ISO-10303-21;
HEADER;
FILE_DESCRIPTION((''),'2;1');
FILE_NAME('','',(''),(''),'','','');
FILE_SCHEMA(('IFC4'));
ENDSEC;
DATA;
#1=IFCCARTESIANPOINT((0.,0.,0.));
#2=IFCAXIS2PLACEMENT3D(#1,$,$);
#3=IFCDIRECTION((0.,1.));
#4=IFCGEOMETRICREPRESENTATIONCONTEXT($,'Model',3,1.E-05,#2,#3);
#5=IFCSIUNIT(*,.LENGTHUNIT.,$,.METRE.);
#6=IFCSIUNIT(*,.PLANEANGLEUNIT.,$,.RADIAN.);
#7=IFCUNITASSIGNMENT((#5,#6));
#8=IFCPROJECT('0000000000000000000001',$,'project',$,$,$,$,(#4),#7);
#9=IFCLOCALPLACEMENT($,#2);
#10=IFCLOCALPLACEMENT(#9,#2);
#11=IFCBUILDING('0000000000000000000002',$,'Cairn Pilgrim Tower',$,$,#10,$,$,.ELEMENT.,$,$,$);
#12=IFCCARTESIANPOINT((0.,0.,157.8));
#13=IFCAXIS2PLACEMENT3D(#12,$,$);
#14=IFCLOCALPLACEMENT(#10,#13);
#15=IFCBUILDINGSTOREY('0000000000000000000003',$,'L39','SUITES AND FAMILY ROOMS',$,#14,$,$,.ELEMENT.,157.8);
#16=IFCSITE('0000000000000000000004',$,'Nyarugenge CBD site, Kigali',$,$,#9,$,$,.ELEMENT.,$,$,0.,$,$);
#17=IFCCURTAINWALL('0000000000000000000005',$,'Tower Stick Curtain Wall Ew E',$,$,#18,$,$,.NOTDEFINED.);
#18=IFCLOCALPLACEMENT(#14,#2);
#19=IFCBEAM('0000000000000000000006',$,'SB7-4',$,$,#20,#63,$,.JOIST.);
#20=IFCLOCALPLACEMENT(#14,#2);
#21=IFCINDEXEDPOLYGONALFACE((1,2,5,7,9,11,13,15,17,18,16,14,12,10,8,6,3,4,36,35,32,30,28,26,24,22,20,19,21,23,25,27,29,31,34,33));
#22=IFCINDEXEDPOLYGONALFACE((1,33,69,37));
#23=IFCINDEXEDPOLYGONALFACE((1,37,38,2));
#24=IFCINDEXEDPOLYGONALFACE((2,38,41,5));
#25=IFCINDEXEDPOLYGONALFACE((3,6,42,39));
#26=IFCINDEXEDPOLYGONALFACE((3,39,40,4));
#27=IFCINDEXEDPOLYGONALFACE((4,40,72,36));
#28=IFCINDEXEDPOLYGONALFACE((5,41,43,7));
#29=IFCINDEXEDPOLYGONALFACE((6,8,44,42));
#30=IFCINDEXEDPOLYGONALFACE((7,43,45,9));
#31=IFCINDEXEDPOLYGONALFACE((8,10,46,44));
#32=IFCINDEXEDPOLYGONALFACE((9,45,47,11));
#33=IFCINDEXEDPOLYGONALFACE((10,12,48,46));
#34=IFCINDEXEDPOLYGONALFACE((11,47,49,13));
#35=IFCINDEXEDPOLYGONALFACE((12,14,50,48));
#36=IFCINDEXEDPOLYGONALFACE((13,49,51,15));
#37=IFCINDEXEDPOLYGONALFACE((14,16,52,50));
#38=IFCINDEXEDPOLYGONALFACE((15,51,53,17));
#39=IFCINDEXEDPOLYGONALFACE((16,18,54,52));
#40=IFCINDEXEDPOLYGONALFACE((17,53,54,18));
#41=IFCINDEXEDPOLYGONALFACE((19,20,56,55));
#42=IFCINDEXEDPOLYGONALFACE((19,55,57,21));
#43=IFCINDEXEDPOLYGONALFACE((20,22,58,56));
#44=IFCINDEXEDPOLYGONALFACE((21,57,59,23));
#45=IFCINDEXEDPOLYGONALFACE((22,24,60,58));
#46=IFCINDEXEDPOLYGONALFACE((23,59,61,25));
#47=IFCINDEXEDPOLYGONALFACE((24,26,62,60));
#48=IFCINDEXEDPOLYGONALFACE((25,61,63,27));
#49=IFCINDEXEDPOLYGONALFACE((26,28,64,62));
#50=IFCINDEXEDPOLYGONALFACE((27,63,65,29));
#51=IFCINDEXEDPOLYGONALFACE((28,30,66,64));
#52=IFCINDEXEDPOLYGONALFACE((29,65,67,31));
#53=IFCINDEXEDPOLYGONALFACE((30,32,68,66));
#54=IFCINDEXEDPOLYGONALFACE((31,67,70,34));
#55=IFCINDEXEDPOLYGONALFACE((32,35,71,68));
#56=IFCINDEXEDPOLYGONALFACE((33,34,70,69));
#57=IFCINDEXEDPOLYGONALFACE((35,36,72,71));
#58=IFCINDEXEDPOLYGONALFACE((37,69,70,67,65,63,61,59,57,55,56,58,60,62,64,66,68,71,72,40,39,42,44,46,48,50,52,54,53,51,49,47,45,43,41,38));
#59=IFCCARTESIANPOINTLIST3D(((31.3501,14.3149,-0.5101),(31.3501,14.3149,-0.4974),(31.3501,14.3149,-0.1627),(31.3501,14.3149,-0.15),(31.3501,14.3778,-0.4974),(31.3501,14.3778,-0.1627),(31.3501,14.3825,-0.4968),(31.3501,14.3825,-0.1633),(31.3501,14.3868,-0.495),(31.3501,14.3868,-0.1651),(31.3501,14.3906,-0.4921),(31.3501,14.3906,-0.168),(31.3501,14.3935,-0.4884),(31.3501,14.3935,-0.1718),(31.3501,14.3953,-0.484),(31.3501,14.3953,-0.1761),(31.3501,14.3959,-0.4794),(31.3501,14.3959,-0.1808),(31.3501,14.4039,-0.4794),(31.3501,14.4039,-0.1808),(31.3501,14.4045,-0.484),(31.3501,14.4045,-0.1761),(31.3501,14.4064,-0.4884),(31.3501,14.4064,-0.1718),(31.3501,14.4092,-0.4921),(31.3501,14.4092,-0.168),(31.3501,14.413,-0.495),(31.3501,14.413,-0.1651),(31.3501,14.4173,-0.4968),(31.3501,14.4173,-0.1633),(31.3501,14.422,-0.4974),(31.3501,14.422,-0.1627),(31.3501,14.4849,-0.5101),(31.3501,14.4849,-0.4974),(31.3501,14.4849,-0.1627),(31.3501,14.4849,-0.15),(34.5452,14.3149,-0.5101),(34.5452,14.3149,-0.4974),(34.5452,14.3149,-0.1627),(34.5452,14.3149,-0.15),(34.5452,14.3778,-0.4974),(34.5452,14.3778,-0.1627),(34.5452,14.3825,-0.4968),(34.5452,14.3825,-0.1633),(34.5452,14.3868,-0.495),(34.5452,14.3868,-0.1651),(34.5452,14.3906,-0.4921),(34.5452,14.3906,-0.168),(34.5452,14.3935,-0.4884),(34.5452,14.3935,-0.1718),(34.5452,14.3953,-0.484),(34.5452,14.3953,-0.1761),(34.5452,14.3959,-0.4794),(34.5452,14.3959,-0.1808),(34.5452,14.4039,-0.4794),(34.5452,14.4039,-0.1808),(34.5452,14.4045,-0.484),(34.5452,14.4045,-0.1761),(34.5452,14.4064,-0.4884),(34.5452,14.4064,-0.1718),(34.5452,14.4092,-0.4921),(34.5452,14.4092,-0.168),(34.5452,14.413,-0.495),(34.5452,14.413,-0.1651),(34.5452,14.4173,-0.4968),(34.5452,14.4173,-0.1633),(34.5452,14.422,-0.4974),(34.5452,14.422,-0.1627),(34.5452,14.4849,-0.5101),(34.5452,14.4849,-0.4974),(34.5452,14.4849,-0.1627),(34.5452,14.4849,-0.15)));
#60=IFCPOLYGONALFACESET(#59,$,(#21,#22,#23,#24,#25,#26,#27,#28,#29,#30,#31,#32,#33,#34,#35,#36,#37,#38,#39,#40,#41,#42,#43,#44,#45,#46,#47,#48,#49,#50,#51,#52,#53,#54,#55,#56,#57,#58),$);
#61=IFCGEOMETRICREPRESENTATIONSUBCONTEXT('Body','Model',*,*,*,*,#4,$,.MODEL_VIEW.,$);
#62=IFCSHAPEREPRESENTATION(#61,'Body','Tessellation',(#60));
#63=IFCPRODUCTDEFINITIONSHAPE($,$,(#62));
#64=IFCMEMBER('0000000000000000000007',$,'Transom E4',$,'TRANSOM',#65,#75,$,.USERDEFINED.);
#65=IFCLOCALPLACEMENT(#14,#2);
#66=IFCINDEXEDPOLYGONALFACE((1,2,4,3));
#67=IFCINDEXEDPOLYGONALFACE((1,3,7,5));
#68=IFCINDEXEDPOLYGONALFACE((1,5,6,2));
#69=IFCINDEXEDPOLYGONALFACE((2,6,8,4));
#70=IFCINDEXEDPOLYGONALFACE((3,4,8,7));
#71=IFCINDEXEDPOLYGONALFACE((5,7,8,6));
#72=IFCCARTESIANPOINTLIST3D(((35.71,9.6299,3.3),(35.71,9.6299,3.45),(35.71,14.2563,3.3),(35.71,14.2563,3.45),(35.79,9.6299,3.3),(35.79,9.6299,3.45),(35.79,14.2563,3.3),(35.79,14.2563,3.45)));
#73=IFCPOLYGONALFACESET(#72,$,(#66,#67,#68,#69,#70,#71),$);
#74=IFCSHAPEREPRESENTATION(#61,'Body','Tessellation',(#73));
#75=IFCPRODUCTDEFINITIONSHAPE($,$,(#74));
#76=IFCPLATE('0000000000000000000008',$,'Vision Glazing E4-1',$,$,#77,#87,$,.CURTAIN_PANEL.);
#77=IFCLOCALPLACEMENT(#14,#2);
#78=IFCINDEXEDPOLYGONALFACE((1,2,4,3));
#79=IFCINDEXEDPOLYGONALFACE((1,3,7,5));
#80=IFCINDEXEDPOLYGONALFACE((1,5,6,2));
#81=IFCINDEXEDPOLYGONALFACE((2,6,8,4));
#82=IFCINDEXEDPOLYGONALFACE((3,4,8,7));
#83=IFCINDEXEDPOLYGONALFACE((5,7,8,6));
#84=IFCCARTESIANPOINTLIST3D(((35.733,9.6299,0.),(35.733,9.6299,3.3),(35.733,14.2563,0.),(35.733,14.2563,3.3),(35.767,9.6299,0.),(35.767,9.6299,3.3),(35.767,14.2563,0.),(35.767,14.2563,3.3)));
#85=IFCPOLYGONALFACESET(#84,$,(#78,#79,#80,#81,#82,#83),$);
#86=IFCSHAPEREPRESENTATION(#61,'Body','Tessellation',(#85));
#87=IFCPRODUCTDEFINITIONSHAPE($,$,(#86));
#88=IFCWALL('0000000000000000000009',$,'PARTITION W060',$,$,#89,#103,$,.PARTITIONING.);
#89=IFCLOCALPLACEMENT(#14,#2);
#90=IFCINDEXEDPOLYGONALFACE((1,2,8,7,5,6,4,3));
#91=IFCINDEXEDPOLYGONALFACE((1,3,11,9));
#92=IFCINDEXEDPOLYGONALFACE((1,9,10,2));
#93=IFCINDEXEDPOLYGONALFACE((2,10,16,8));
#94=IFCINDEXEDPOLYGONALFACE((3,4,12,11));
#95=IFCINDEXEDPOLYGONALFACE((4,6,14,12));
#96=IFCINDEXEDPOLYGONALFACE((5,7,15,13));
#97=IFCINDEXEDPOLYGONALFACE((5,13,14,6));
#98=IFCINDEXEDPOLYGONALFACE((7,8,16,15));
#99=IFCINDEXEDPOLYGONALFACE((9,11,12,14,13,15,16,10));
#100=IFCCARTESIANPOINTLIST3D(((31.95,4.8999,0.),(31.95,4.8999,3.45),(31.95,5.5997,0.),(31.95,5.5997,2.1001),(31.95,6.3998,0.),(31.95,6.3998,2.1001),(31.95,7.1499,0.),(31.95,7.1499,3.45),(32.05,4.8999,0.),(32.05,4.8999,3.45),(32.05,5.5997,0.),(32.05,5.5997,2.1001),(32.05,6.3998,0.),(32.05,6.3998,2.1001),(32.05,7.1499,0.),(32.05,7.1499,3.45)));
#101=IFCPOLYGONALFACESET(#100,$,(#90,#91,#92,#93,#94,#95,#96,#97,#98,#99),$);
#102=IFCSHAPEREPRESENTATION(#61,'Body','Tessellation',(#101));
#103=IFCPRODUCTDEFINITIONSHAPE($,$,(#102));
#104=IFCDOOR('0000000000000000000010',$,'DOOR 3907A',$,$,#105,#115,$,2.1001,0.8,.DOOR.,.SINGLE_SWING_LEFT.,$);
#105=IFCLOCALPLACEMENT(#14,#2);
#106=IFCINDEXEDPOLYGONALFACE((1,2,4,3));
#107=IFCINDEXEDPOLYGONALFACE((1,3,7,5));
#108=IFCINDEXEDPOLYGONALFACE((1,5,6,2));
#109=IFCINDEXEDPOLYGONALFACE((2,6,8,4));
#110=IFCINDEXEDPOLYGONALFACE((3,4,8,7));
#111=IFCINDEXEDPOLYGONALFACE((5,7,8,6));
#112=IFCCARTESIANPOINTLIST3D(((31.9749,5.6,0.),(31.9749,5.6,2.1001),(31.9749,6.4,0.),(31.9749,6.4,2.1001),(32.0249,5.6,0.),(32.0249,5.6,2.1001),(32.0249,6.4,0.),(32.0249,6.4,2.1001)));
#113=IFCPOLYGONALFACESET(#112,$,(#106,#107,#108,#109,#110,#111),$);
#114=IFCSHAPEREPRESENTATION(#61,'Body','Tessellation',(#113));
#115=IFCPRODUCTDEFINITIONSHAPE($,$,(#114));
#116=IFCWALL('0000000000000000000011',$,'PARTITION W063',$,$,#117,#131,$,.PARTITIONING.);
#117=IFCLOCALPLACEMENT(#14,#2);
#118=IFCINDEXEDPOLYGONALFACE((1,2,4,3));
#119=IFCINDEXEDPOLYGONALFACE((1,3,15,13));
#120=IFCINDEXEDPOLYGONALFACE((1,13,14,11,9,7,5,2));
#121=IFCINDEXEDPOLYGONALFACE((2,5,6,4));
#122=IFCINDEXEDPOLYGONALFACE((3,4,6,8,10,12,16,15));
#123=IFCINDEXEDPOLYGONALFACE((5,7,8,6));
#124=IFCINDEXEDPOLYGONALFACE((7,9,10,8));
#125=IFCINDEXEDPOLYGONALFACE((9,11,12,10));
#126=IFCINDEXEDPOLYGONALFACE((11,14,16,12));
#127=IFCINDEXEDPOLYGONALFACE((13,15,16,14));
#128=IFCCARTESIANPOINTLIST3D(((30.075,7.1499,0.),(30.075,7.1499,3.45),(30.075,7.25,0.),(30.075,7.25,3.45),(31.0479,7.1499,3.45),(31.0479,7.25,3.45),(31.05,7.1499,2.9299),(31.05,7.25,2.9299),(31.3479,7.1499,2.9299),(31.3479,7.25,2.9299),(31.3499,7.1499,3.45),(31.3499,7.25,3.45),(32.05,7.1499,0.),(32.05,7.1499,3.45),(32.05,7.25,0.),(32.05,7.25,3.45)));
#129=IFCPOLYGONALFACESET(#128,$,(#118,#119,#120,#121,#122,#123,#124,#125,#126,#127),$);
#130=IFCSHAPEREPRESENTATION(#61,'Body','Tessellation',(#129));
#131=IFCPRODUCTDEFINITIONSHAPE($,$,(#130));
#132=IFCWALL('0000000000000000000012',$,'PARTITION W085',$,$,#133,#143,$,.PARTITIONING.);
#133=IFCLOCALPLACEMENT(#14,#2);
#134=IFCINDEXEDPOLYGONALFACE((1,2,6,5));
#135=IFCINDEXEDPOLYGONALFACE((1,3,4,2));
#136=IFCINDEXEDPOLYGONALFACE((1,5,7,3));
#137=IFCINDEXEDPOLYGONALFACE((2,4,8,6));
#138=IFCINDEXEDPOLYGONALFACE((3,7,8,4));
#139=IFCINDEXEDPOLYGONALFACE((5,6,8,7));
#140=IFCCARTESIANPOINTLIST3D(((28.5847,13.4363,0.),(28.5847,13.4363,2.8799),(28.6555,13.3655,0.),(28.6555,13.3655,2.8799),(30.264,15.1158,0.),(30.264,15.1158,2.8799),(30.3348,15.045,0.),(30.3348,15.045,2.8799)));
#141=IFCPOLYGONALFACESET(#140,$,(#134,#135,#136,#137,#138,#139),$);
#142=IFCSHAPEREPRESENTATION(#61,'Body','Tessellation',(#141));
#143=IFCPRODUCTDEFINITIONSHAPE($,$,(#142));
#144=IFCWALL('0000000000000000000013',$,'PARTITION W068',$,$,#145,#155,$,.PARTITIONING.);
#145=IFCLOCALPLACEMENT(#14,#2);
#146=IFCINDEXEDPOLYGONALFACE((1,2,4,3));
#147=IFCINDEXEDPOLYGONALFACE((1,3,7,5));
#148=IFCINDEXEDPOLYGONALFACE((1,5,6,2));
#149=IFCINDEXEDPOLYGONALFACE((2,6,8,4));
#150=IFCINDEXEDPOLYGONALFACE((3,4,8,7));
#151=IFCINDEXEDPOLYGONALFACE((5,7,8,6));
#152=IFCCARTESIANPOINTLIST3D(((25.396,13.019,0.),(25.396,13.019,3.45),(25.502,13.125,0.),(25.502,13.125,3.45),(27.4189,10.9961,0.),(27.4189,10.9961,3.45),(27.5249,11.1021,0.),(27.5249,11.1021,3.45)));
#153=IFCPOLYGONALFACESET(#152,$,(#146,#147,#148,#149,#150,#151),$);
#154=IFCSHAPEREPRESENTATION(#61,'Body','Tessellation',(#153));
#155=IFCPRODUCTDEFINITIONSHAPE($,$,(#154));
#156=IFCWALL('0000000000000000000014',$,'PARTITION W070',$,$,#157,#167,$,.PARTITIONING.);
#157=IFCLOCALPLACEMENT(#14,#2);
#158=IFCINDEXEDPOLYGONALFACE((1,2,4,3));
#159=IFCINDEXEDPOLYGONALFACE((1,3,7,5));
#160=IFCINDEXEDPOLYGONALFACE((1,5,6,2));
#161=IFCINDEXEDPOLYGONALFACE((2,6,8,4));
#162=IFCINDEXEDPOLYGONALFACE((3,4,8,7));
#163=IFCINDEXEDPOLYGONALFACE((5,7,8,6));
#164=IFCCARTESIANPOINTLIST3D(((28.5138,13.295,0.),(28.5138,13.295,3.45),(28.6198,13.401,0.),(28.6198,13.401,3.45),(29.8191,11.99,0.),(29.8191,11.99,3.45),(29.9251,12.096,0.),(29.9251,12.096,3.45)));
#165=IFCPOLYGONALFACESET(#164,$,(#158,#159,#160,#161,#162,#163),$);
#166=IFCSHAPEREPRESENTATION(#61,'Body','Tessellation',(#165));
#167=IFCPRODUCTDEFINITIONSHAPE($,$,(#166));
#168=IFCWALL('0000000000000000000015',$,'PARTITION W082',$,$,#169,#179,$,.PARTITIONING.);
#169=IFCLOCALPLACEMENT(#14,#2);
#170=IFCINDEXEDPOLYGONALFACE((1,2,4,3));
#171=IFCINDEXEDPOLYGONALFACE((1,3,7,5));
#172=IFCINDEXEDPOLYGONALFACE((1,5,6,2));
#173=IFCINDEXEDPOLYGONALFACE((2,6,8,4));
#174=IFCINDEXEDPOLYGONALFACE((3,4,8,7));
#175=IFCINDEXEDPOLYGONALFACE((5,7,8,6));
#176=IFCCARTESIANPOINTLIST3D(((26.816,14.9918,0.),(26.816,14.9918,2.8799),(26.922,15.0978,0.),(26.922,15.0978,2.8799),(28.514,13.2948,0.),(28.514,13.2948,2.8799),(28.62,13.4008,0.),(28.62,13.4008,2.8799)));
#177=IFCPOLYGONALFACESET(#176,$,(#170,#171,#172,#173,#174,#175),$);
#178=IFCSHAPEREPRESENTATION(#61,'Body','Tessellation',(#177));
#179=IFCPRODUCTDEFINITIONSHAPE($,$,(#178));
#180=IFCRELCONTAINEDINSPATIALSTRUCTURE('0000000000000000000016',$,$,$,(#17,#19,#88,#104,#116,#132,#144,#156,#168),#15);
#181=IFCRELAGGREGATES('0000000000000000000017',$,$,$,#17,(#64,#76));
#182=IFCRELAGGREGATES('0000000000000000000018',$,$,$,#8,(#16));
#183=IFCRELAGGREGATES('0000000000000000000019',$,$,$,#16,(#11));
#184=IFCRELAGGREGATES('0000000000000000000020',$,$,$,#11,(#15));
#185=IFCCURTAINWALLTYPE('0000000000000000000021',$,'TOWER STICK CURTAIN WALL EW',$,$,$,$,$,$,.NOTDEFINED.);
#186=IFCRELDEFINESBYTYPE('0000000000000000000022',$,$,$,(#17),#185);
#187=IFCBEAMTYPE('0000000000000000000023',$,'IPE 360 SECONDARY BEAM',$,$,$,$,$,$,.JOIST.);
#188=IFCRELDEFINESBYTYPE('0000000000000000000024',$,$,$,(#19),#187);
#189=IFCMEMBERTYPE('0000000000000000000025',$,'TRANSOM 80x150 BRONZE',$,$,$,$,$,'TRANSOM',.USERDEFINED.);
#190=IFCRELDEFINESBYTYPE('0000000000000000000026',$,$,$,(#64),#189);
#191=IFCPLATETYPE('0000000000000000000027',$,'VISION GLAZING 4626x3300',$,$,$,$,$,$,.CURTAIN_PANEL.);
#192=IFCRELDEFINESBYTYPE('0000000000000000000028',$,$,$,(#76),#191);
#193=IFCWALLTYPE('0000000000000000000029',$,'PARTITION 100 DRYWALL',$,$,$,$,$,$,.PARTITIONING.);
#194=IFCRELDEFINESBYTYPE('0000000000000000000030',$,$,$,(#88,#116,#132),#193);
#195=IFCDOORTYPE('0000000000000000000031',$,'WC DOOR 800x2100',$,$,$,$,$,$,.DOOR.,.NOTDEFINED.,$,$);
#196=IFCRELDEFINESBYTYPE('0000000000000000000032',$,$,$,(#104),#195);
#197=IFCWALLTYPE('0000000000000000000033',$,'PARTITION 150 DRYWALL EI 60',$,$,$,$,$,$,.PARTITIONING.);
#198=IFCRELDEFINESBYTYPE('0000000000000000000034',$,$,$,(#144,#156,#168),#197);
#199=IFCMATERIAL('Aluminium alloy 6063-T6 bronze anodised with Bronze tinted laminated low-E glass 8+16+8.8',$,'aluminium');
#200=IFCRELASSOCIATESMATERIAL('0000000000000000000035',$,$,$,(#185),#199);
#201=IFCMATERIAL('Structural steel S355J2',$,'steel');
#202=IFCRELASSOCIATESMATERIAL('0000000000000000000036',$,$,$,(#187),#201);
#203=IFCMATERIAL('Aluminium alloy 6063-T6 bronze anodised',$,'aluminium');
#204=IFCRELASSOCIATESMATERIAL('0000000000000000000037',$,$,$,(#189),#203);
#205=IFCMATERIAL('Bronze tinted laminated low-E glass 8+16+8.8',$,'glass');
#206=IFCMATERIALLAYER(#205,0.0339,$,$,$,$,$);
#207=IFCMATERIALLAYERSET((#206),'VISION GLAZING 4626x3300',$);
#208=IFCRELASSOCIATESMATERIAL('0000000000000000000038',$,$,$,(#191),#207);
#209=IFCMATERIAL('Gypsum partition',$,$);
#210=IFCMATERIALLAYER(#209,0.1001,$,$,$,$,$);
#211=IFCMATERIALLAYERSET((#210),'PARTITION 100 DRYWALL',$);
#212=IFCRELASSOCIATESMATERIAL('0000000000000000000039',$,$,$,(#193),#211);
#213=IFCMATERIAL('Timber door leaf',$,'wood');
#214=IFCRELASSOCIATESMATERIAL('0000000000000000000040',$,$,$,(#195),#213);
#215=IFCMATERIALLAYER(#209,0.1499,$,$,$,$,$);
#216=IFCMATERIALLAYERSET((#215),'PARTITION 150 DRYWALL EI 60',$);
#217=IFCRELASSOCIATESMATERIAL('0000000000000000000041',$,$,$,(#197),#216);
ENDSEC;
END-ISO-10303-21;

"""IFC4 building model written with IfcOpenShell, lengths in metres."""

from ifc_helpers import new_model, si_unit, direction, frame, frame_2d, origin, origin_2d, place, context, subcontext, project, spatial, polyline, rectangle, i_section, outline, extrude, material, layer, layer_set, material_profile, profile_set, type_object, element, fill, aggregate, save


model = new_model("IFC4")

# Units and contexts
model_context = context("Model", 3, precision=1e-05, world=origin(), true_north=direction((0.0, 1.0)))
body_context = subcontext(model_context, "Body", "Model", "MODEL_VIEW")
ifc_project = project(units=[si_unit("LENGTHUNIT", "METRE"), si_unit("PLANEANGLEUNIT", "RADIAN")], contexts=[model_context])

# Site, building, storey
site_placement = place(None, origin())
site = spatial("IfcSite", under=ifc_project, at=site_placement, Name="Nyarugenge CBD site, Kigali", CompositionType="ELEMENT", RefElevation=0.0)
building_placement = place(site_placement, origin())
building = spatial("IfcBuilding", under=site, at=building_placement, Name="Cairn Pilgrim Tower", CompositionType="ELEMENT")
storey_placement = place(building_placement, frame((0.0, 0.0, 157.8)))
storey = spatial("IfcBuildingStorey", under=building, at=storey_placement, Name="L39", Description="SUITES AND FAMILY ROOMS", CompositionType="ELEMENT", Elevation=157.8)

# Curtain wall
ifc_material_1 = material(Name="Aluminium alloy 6063-T6 bronze anodised with Bronze tinted laminated low-E glass 8+16+8.8", Category="aluminium")
curtain_wall_type = type_object("IfcCurtainWallType", Name="TOWER STICK CURTAIN WALL EW", PredefinedType="NOTDEFINED", material=ifc_material_1)
curtain_wall_placement = place(storey_placement, origin())
curtain_wall = element("IfcCurtainWall", 1, at=curtain_wall_placement, inside=storey, type_object=curtain_wall_type, Name="Tower Stick Curtain Wall Ew E", PredefinedType="NOTDEFINED")
ifc_material_2 = material(Name="Aluminium alloy 6063-T6 bronze anodised", Category="aluminium")

# Beam
ifc_material_3 = material(Name="Structural steel S355J2", Category="steel")
ifc_material_profile_1 = material_profile(ifc_material_3, i_section(OverallWidth=0.1699, OverallDepth=0.3601, WebThickness=0.0081, FlangeThickness=0.0127, FilletRadius=0.0181, at=origin_2d()), Name="IPE 360")
ifc_profile_set_1 = profile_set([ifc_material_profile_1], Name="Structural steel S355J2")
beam_type_1 = type_object("IfcBeamType", Name="IPE 360 SECONDARY BEAM", PredefinedType="JOIST", material=ifc_profile_set_1)
beam_1_placement = place(storey_placement, frame((31.3501, 14.3999, -0.3301), z_axis=(1.0, 0.0, 0.0), x_axis=(0.0, 1.0, 0.0)))
element("IfcBeam", 2, at=beam_1_placement, inside=storey, type_object=beam_type_1, Name="SB7-4", PredefinedType="JOIST", context=body_context, shape_type="SweptSolid", body=[
    extrude(i_section(OverallWidth=0.1699, OverallDepth=0.3601, WebThickness=0.0081, FlangeThickness=0.0127, FilletRadius=0.0181, at=origin_2d()), origin(), (0.0, 0.0, 1.0), 3.1951),
])

# Member
ifc_material_profile_2 = material_profile(ifc_material_2, rectangle(XDim=0.0801, YDim=0.1499, at=origin_2d()), Name="TRANSOM 80x150 BRONZE")
ifc_profile_set_2 = profile_set([ifc_material_profile_2], Name="Aluminium alloy 6063-T6 bronze anodised")
member_type_1 = type_object("IfcMemberType", Name="TRANSOM 80x150 BRONZE", ElementType="TRANSOM", PredefinedType="USERDEFINED", material=ifc_profile_set_2)
member_1_placement = place(storey_placement, frame((35.75, 9.6299, 3.375), z_axis=(0.0, 1.0, 0.0), x_axis=(-1.0, 0.0, 0.0)))
member_1 = element("IfcMember", 3, at=member_1_placement, type_object=member_type_1, Name="Transom E4", ObjectType="TRANSOM", PredefinedType="USERDEFINED", context=body_context, shape_type="SweptSolid", body=[
    extrude(rectangle(XDim=0.0801, YDim=0.1499, at=origin_2d()), origin(), (0.0, 0.0, 1.0), 4.6265),
])

# Plate
ifc_material_4 = material(Name="Bronze tinted laminated low-E glass 8+16+8.8", Category="glass")
ifc_layer_1 = layer(ifc_material_4, 0.0339)
ifc_layer_set_1 = layer_set([ifc_layer_1], Name="VISION GLAZING 4626x3300")
plate_type = type_object("IfcPlateType", Name="VISION GLAZING 4626x3300", PredefinedType="CURTAIN_PANEL", material=ifc_layer_set_1)
plate_placement = place(storey_placement, frame((35.75, 11.9431, 0.0), z_axis=(0.0, 0.0, 1.0), x_axis=(0.0, 1.0, 0.0)))
plate = element("IfcPlate", 4, at=plate_placement, type_object=plate_type, Name="Vision Glazing E4-1", PredefinedType="CURTAIN_PANEL", context=body_context, shape_type="SweptSolid", body=[
    extrude(rectangle(XDim=4.6265, YDim=0.0339, at=origin_2d()), origin(), (0.0, 0.0, 1.0), 3.3),
])
aggregate(curtain_wall, [member_1, plate])

# Wall, opening, door
ifc_material_5 = material(Name="Gypsum partition")
ifc_layer_2 = layer(ifc_material_5, 0.1001)
ifc_layer_set_2 = layer_set([ifc_layer_2], Name="PARTITION 100 DRYWALL")
wall_type_1 = type_object("IfcWallType", Name="PARTITION 100 DRYWALL", PredefinedType="PARTITIONING", material=ifc_layer_set_2)
wall_1_placement = place(storey_placement, frame((32.0, 4.8999, 0.0), z_axis=(0.0, 0.0, 1.0), x_axis=(0.0, 1.0, 0.0)))
wall_1 = element("IfcWall", 5, at=wall_1_placement, inside=storey, type_object=wall_type_1, Name="PARTITION W060", PredefinedType="PARTITIONING", context=body_context, shape_type="SweptSolid", body=[
    extrude(rectangle(XDim=2.25, YDim=0.1001, at=frame_2d((1.125, 0.0))), origin(), (0.0, 0.0, 1.0), 3.45),
])
opening_1_placement = place(wall_1_placement, frame((0.7, 0.0, 0.0)))
opening_1 = element("IfcOpeningElement", 6, at=opening_1_placement, cuts=wall_1, PredefinedType="OPENING", context=body_context, shape_type="SweptSolid", body=[
    extrude(rectangle(XDim=0.8, YDim=2.1001, at=frame_2d((0.3999, 1.05))), frame((0.0, 0.0601, 0.0), z_axis=(0.0, -1.0, 0.0), x_axis=(1.0, 0.0, 0.0)), (0.0, 0.0, 1.0), 0.1201),
])
ifc_material_6 = material(Name="Timber door leaf", Category="wood")
door_type_1 = type_object("IfcDoorType", Name="WC DOOR 800x2100", OperationType="NOTDEFINED", PredefinedType="DOOR", material=ifc_material_6)
door_1_placement = place(opening_1_placement, frame((0.8, 0.0, 0.0), z_axis=(0.0, 0.0, 1.0), x_axis=(-1.0, 0.0, 0.0)))
door_1 = element("IfcDoor", 7, at=door_1_placement, inside=storey, type_object=door_type_1, Name="DOOR 3907A", OperationType="SINGLE_SWING_LEFT", OverallHeight=2.1001, OverallWidth=0.8, PredefinedType="DOOR", context=body_context, shape_type="SweptSolid", body=[
    extrude(rectangle(XDim=0.8, YDim=2.1001, at=frame_2d((0.3999, 1.05))), frame((0.0, 0.0249, 0.0), z_axis=(0.0, -1.0, 0.0), x_axis=(1.0, 0.0, 0.0)), (0.0, 0.0, 1.0), 0.05),
])
fill(opening_1, door_1)

# Walls
wall_2_placement = place(storey_placement, frame((30.075, 7.2, 0.0), z_axis=(0.0, 0.0, 1.0), x_axis=(1.0, 0.0, 0.0)))
element("IfcWall", 8, at=wall_2_placement, inside=storey, type_object=wall_type_1, Name="PARTITION W063", PredefinedType="PARTITIONING", context=body_context, shape_type="SweptSolid", body=[
    extrude(outline(polyline([(0.0, 0.0), (1.9751, 0.0), (1.9751, 3.45), (1.2749, 3.45), (1.2729, 2.9299), (0.9751, 2.9299), (0.9729, 3.45), (0.0, 3.45), (0.0, 0.0)])), frame((0.0, 0.05, 0.0), z_axis=(0.0, -1.0, 0.0), x_axis=(1.0, 0.0, 0.0)), (0.0, 0.0, 1.0), 0.1001),
])
wall_3_placement = place(storey_placement, frame((28.6201, 13.4009, 0.0), z_axis=(0.0, 0.0, 1.0), x_axis=(0.707055, 0.707158, 0.0)))
element("IfcWall", 9, at=wall_3_placement, inside=storey, type_object=wall_type_1, Name="PARTITION W085", PredefinedType="PARTITIONING", context=body_context, shape_type="SweptSolid", body=[
    extrude(rectangle(XDim=2.375, YDim=0.1001, at=frame_2d((1.1875, 0.0))), origin(), (0.0, 0.0, 1.0), 2.8799),
])
ifc_layer_3 = layer(ifc_material_5, 0.1499)
ifc_layer_set_3 = layer_set([ifc_layer_3], Name="PARTITION 150 DRYWALL EI 60")
wall_type_2 = type_object("IfcWallType", Name="PARTITION 150 DRYWALL EI 60", PredefinedType="PARTITIONING", material=ifc_layer_set_3)
wall_4_placement = place(storey_placement, frame((27.4719, 11.0491, 0.0), z_axis=(0.0, 0.0, 1.0), x_axis=(-0.707107, 0.707107, 0.0)))
element("IfcWall", 10, at=wall_4_placement, inside=storey, type_object=wall_type_2, Name="PARTITION W068", PredefinedType="PARTITIONING", context=body_context, shape_type="SweptSolid", body=[
    extrude(rectangle(XDim=2.8608, YDim=0.1499, at=frame_2d((1.4304, 0.0))), origin(), (0.0, 0.0, 1.0), 3.45),
])
wall_5_placement = place(storey_placement, frame((29.8721, 12.043, 0.0), z_axis=(0.0, 0.0, 1.0), x_axis=(-0.707173, 0.707041, 0.0)))
element("IfcWall", 11, at=wall_5_placement, inside=storey, type_object=wall_type_2, Name="PARTITION W070", PredefinedType="PARTITIONING", context=body_context, shape_type="SweptSolid", body=[
    extrude(rectangle(XDim=1.8457, YDim=0.1499, at=frame_2d((0.9229, 0.0))), origin(), (0.0, 0.0, 1.0), 3.45),
])
wall_6_placement = place(storey_placement, frame((28.5669, 13.3479, 0.0), z_axis=(0.0, 0.0, 1.0), x_axis=(-0.70731, 0.706903, 0.0)))
element("IfcWall", 12, at=wall_6_placement, inside=storey, type_object=wall_type_2, Name="PARTITION W082", PredefinedType="PARTITIONING", context=body_context, shape_type="SweptSolid", body=[
    extrude(rectangle(XDim=2.4006, YDim=0.1499, at=frame_2d((1.2002, 0.0))), origin(), (0.0, 0.0, 1.0), 2.8799),
])

save(model, "model.ifc")
